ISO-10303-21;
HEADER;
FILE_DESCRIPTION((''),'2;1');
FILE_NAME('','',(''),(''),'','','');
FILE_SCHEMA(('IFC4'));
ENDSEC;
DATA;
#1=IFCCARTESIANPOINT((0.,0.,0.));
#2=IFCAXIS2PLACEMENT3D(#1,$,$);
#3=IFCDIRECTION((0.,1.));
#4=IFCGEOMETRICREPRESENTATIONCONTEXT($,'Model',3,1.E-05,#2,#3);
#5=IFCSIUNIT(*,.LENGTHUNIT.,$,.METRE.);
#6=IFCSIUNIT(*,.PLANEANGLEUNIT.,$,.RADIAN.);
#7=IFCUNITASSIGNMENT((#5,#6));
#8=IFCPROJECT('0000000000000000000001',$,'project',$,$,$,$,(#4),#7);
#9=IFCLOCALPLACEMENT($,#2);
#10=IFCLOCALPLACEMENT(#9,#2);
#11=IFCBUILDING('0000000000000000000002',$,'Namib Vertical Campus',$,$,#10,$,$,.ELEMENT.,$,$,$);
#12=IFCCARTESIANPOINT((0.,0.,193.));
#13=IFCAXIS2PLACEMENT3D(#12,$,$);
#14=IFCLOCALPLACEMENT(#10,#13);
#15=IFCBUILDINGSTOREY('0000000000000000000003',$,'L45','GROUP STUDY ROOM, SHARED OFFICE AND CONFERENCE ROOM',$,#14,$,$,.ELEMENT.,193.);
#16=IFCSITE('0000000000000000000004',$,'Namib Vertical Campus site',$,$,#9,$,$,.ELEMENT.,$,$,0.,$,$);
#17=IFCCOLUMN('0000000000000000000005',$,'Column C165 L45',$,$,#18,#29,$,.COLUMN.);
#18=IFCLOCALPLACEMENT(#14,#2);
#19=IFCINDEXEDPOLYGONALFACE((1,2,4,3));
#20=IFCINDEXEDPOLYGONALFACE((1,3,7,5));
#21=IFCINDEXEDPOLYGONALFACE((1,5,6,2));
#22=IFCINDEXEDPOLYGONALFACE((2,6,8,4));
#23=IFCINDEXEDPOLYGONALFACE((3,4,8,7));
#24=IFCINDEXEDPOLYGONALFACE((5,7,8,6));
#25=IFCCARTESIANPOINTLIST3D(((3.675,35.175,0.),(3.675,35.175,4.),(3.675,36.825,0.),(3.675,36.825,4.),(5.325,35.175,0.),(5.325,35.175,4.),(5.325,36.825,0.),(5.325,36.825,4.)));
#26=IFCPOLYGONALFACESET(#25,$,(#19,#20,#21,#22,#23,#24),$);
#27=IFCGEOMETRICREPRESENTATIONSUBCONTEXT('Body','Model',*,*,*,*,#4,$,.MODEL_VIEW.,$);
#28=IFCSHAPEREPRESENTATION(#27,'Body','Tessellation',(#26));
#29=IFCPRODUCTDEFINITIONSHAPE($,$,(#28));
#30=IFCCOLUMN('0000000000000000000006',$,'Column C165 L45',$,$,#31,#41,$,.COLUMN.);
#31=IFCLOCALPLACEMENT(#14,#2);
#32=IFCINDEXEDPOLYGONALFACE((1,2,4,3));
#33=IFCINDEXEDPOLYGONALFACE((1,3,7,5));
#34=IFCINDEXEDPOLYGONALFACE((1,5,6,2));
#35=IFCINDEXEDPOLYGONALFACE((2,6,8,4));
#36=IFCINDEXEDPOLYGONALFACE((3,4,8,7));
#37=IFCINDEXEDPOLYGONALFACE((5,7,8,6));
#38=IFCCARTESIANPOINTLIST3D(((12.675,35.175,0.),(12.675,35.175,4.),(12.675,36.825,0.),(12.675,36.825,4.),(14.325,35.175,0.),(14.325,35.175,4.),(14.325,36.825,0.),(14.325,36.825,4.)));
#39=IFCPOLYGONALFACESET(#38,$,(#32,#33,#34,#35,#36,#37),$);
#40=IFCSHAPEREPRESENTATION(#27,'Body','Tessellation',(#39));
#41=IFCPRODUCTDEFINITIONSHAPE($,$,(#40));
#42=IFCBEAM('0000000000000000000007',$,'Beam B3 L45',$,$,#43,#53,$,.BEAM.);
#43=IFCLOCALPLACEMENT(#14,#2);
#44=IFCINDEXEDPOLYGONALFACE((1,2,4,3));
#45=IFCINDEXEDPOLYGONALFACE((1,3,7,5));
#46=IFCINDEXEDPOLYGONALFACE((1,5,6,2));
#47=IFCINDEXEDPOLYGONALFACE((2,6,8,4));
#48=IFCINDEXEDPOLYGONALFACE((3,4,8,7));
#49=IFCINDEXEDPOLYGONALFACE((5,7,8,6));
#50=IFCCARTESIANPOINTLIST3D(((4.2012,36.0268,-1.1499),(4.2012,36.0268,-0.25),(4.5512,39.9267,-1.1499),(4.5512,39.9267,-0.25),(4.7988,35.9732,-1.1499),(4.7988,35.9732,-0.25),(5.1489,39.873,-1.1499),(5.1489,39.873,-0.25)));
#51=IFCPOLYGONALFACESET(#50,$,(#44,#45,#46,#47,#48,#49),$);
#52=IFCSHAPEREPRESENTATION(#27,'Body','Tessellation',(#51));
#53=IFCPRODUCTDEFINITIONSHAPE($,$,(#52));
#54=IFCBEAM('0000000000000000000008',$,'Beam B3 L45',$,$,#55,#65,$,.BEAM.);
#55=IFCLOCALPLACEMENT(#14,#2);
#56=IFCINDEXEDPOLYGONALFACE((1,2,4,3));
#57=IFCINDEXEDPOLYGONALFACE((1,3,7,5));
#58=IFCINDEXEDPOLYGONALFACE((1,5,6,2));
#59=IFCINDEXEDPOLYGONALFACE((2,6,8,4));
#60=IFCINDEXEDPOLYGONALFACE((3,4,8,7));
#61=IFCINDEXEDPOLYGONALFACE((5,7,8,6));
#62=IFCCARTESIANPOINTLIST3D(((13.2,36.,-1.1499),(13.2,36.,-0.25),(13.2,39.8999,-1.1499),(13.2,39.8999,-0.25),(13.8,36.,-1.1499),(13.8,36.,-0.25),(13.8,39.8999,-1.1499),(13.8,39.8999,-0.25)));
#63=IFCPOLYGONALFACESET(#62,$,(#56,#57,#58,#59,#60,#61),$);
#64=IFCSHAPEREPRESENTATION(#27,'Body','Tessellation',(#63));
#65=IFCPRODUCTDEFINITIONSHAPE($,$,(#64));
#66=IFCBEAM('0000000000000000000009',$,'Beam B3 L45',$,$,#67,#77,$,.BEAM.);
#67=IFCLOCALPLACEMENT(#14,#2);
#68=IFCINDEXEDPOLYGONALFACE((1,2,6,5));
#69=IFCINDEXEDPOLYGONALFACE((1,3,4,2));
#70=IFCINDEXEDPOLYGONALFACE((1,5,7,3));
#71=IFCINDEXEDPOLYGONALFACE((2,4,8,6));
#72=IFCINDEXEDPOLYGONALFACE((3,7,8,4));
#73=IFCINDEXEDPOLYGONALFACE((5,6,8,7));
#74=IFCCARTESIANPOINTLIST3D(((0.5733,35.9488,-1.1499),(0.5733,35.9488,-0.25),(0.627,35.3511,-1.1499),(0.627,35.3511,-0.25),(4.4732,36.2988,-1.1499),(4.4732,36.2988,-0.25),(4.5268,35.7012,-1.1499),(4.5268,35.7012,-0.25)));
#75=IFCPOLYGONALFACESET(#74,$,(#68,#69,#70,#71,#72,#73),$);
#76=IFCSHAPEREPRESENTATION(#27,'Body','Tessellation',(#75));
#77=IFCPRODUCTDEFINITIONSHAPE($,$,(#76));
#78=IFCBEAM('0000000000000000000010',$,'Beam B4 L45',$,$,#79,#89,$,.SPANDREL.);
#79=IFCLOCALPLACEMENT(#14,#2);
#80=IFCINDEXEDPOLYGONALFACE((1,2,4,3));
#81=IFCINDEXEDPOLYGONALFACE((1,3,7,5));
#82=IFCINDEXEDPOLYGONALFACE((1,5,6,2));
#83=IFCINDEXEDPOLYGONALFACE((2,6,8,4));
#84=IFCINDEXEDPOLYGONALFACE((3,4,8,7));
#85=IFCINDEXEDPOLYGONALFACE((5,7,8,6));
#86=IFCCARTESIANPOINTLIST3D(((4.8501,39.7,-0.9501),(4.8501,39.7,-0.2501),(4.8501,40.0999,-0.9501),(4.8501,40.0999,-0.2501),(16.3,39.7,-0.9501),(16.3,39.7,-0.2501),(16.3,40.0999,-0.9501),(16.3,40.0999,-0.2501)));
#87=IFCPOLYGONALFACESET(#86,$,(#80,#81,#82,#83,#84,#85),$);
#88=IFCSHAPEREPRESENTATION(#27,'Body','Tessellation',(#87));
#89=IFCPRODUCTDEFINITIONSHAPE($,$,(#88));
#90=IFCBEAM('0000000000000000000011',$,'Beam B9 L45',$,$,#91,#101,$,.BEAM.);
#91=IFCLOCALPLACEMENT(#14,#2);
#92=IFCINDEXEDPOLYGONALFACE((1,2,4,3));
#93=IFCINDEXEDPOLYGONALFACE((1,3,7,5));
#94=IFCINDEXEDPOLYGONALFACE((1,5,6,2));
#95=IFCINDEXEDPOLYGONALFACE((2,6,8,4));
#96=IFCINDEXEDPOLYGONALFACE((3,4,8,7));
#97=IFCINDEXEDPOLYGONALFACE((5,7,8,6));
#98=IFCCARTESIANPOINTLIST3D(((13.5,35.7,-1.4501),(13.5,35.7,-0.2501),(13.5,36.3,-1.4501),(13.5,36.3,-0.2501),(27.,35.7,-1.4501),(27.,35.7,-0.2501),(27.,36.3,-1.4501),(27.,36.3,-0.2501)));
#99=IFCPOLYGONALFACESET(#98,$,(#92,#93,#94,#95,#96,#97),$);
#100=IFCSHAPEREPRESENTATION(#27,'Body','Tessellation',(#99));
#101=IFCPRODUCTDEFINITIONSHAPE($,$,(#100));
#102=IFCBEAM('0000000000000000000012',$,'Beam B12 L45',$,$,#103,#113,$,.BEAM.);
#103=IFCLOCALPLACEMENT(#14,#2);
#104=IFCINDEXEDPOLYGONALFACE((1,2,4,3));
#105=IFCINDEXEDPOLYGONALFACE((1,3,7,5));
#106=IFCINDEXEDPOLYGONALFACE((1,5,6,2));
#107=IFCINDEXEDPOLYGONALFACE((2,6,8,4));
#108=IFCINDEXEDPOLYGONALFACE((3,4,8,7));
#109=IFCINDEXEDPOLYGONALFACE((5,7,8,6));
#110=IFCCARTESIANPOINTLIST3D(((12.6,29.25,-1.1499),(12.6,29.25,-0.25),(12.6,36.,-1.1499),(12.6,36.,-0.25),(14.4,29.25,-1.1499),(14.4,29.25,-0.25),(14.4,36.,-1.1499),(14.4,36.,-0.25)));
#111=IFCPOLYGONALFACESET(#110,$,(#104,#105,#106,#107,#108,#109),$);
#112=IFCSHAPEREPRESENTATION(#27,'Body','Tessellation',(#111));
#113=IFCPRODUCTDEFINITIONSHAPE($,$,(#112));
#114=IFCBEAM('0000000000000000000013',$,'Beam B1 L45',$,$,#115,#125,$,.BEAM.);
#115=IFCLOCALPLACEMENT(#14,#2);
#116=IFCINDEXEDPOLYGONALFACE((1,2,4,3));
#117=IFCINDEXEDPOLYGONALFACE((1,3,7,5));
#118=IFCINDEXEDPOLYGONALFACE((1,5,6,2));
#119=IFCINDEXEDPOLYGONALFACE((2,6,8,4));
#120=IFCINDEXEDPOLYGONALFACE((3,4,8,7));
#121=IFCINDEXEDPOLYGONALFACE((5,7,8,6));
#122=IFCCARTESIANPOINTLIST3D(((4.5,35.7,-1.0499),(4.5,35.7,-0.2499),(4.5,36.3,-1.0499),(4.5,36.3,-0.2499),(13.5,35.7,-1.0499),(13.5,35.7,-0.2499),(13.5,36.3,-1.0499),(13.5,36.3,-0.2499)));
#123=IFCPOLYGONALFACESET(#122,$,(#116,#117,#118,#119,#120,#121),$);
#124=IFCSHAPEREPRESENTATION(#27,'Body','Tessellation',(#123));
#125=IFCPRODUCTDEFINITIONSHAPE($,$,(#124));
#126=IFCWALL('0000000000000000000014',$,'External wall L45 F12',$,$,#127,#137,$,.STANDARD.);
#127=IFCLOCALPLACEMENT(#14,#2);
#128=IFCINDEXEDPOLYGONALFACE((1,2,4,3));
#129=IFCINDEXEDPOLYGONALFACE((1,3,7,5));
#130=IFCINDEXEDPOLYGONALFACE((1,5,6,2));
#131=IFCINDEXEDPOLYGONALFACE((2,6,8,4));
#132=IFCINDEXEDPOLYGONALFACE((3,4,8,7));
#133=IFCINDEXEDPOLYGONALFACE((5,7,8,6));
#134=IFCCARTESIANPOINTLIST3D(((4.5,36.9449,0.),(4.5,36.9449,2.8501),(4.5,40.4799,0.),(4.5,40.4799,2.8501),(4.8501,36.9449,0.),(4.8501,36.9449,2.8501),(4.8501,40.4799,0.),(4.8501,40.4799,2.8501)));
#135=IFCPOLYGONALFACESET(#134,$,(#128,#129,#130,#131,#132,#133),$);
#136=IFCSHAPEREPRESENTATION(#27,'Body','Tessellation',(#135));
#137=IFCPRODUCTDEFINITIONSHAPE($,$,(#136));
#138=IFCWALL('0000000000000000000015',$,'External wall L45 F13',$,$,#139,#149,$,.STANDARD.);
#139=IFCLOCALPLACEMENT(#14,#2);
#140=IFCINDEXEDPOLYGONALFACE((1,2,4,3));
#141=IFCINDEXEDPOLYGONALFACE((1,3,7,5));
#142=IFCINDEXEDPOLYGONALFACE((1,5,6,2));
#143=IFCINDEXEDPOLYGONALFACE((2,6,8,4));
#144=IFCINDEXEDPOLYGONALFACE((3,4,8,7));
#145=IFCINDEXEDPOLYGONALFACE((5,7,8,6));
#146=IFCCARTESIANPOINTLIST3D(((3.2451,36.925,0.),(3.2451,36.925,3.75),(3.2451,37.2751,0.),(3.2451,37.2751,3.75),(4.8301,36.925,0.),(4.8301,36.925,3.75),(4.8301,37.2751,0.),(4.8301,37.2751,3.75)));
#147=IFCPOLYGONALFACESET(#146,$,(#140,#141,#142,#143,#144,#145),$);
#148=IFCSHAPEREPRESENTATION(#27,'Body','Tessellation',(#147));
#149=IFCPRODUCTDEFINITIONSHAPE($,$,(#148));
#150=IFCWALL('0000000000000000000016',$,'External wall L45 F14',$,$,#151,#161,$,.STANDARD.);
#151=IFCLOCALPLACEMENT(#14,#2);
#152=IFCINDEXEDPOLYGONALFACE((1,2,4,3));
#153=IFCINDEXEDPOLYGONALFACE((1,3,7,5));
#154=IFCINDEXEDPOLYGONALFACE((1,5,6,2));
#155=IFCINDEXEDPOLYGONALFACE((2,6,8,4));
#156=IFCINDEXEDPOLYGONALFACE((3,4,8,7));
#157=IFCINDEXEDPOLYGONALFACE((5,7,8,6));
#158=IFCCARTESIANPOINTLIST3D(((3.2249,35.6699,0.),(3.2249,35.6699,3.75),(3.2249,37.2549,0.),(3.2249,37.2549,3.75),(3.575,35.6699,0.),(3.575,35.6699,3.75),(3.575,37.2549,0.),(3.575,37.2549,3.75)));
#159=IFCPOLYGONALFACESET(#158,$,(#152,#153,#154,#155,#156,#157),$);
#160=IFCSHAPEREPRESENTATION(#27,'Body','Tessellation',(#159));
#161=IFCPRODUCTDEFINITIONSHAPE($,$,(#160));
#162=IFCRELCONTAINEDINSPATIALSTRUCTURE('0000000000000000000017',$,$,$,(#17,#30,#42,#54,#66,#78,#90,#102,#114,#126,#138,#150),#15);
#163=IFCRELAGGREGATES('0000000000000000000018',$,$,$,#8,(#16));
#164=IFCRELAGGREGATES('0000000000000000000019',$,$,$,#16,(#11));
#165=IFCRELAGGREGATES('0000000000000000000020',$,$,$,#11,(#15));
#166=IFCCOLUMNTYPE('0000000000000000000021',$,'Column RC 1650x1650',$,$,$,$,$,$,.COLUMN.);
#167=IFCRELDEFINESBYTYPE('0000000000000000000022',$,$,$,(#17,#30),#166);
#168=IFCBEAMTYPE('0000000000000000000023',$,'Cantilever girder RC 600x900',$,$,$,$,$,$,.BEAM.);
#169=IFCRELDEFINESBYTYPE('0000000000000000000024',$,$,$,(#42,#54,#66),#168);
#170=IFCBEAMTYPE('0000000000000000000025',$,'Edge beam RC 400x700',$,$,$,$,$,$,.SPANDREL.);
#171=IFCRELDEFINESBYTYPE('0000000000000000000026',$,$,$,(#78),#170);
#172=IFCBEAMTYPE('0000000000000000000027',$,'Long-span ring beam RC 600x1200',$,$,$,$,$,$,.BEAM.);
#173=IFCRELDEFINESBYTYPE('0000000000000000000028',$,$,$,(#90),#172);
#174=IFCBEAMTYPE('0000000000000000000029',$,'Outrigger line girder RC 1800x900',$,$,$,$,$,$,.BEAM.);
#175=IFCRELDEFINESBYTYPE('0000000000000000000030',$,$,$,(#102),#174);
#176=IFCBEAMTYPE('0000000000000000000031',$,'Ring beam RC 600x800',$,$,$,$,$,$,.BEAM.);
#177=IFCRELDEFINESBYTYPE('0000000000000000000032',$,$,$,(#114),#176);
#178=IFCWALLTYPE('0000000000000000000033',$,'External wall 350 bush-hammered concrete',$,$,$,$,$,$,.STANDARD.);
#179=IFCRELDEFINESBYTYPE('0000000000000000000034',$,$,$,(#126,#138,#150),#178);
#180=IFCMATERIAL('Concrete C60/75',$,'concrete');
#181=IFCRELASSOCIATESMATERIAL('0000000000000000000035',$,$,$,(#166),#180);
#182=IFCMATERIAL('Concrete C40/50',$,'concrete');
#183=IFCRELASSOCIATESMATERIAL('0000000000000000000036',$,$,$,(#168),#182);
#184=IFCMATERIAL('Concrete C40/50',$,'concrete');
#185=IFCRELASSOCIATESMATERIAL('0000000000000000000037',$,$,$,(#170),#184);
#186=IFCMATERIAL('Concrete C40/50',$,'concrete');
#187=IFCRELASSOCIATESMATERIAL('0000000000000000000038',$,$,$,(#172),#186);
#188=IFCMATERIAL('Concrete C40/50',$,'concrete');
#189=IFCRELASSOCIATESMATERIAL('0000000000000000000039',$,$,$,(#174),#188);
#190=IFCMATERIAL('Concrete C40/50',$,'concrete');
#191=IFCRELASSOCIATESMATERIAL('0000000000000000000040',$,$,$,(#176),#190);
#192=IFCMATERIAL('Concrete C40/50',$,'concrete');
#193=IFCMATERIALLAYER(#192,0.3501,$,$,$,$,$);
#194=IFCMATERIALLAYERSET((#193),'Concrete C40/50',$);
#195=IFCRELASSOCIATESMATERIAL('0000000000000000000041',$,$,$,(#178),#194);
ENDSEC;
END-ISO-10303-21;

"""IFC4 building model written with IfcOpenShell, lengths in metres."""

from ifc_helpers import new_model, si_unit, direction, frame, frame_2d, origin, origin_2d, place, context, subcontext, project, spatial, rectangle, extrude, material, layer, layer_set, material_profile, profile_set, type_object, element, save


model = new_model("IFC4")

# Units and contexts
model_context = context("Model", 3, precision=1e-05, world=origin(), true_north=direction((0.0, 1.0)))
body_context = subcontext(model_context, "Body", "Model", "MODEL_VIEW")
ifc_project = project(units=[si_unit("LENGTHUNIT", "METRE"), si_unit("PLANEANGLEUNIT", "RADIAN")], contexts=[model_context])

# Site, building, storey
site_placement = place(None, origin())
site = spatial("IfcSite", under=ifc_project, at=site_placement, Name="Namib Vertical Campus site", CompositionType="ELEMENT", RefElevation=0.0)
building_placement = place(site_placement, origin())
building = spatial("IfcBuilding", under=site, at=building_placement, Name="Namib Vertical Campus", CompositionType="ELEMENT")
storey_placement = place(building_placement, frame((0.0, 0.0, 193.0)))
storey = spatial("IfcBuildingStorey", under=building, at=storey_placement, Name="L45", Description="GROUP STUDY ROOM, SHARED OFFICE AND CONFERENCE ROOM", CompositionType="ELEMENT", Elevation=193.0)

# Columns
ifc_material_1 = material(Name="Concrete C60/75", Category="concrete")
ifc_material_profile_1 = material_profile(ifc_material_1, rectangle(XDim=1.6499, YDim=1.6499, at=origin_2d()))
ifc_profile_set_1 = profile_set([ifc_material_profile_1], Name="Concrete C60/75")
column_type = type_object("IfcColumnType", Name="Column RC 1650x1650", PredefinedType="COLUMN", material=ifc_profile_set_1)
for number, where, z_axis, x_axis, name in (
    (1, (4.5, 36.0, 0.0), (0.0, 0.0, 1.0), (1.0, 0.0, 0.0), "Column C165 L45"),
    (2, (13.5, 36.0, 0.0), (0.0, 0.0, 1.0), (1.0, 0.0, 0.0), "Column C165 L45"),
):
    element("IfcColumn", number, at=place(storey_placement, frame(where, z_axis=z_axis, x_axis=x_axis)), inside=storey, type_object=column_type, Name=name, PredefinedType="COLUMN", context=body_context, shape_type="SweptSolid", body=[
        extrude(rectangle(XDim=1.6499, YDim=1.6499, at=origin_2d()), origin(), (0.0, 0.0, 1.0), 4.0),
    ])

# Beams
ifc_material_2 = material(Name="Concrete C40/50", Category="concrete")
ifc_material_profile_2 = material_profile(ifc_material_2, rectangle(XDim=0.6001, YDim=0.8999, at=origin_2d()))
ifc_profile_set_2 = profile_set([ifc_material_profile_2], Name="Concrete C40/50")
beam_type_1 = type_object("IfcBeamType", Name="Cantilever girder RC 600x900", PredefinedType="BEAM", material=ifc_profile_set_2)
beam_1_placement = place(storey_placement, frame((4.5, 36.0, -0.7), z_axis=(0.089411, 0.995995, 0.0), x_axis=(-0.995995, 0.089411, 0.0)))
element("IfcBeam", 3, at=beam_1_placement, inside=storey, type_object=beam_type_1, Name="Beam B3 L45", PredefinedType="BEAM", context=body_context, shape_type="SweptSolid", body=[
    extrude(rectangle(XDim=0.6001, YDim=0.8999, at=origin_2d()), origin(), (0.0, 0.0, 1.0), 3.9155),
])
beam_2_placement = place(storey_placement, frame((13.5, 36.0, -0.7), z_axis=(0.0, 1.0, 0.0), x_axis=(-1.0, 0.0, 0.0)))
element("IfcBeam", 4, at=beam_2_placement, inside=storey, type_object=beam_type_1, Name="Beam B3 L45", PredefinedType="BEAM", context=body_context, shape_type="SweptSolid", body=[
    extrude(rectangle(XDim=0.6001, YDim=0.8999, at=origin_2d()), origin(), (0.0, 0.0, 1.0), 3.8999),
])
beam_3_placement = place(storey_placement, frame((4.5, 36.0, -0.7), z_axis=(-0.995995, -0.089411, 0.0), x_axis=(0.089411, -0.995995, 0.0)))
element("IfcBeam", 5, at=beam_3_placement, inside=storey, type_object=beam_type_1, Name="Beam B3 L45", PredefinedType="BEAM", context=body_context, shape_type="SweptSolid", body=[
    extrude(rectangle(XDim=0.6001, YDim=0.8999, at=origin_2d()), origin(), (0.0, 0.0, 1.0), 3.9155),
])
ifc_material_3 = material(Name="Concrete C40/50", Category="concrete")
ifc_material_profile_3 = material_profile(ifc_material_3, rectangle(XDim=0.3999, YDim=0.7, at=origin_2d()))
ifc_profile_set_3 = profile_set([ifc_material_profile_3], Name="Concrete C40/50")
beam_type_2 = type_object("IfcBeamType", Name="Edge beam RC 400x700", PredefinedType="SPANDREL", material=ifc_profile_set_3)
beam_4_placement = place(storey_placement, frame((4.8501, 39.8999, -0.6001), z_axis=(1.0, 0.0, 0.0), x_axis=(0.0, 1.0, 0.0)))
element("IfcBeam", 6, at=beam_4_placement, inside=storey, type_object=beam_type_2, Name="Beam B4 L45", PredefinedType="SPANDREL", context=body_context, shape_type="SweptSolid", body=[
    extrude(rectangle(XDim=0.3999, YDim=0.7, at=origin_2d()), origin(), (0.0, 0.0, 1.0), 11.45),
])
ifc_material_4 = material(Name="Concrete C40/50", Category="concrete")
ifc_material_profile_4 = material_profile(ifc_material_4, rectangle(XDim=0.6001, YDim=1.2, at=origin_2d()))
ifc_profile_set_4 = profile_set([ifc_material_profile_4], Name="Concrete C40/50")
beam_type_3 = type_object("IfcBeamType", Name="Long-span ring beam RC 600x1200", PredefinedType="BEAM", material=ifc_profile_set_4)
beam_5_placement = place(storey_placement, frame((13.5, 36.0, -0.8501), z_axis=(1.0, 0.0, 0.0), x_axis=(0.0, 1.0, 0.0)))
element("IfcBeam", 7, at=beam_5_placement, inside=storey, type_object=beam_type_3, Name="Beam B9 L45", PredefinedType="BEAM", context=body_context, shape_type="SweptSolid", body=[
    extrude(rectangle(XDim=0.6001, YDim=1.2, at=origin_2d()), origin(), (0.0, 0.0, 1.0), 13.5),
])
ifc_material_5 = material(Name="Concrete C40/50", Category="concrete")
ifc_material_profile_5 = material_profile(ifc_material_5, rectangle(XDim=1.8, YDim=0.8999, at=origin_2d()))
ifc_profile_set_5 = profile_set([ifc_material_profile_5], Name="Concrete C40/50")
beam_type_4 = type_object("IfcBeamType", Name="Outrigger line girder RC 1800x900", PredefinedType="BEAM", material=ifc_profile_set_5)
beam_6_placement = place(storey_placement, frame((13.5, 36.0, -0.7), z_axis=(0.0, -1.0, 0.0), x_axis=(1.0, 0.0, 0.0)))
element("IfcBeam", 8, at=beam_6_placement, inside=storey, type_object=beam_type_4, Name="Beam B12 L45", PredefinedType="BEAM", context=body_context, shape_type="SweptSolid", body=[
    extrude(rectangle(XDim=1.8, YDim=0.8999, at=origin_2d()), origin(), (0.0, 0.0, 1.0), 6.75),
])
ifc_material_6 = material(Name="Concrete C40/50", Category="concrete")
ifc_material_profile_6 = material_profile(ifc_material_6, rectangle(XDim=0.6001, YDim=0.8, at=origin_2d()))
ifc_profile_set_6 = profile_set([ifc_material_profile_6], Name="Concrete C40/50")
beam_type_5 = type_object("IfcBeamType", Name="Ring beam RC 600x800", PredefinedType="BEAM", material=ifc_profile_set_6)
beam_7_placement = place(storey_placement, frame((4.5, 36.0, -0.6499), z_axis=(1.0, 0.0, 0.0), x_axis=(0.0, 1.0, 0.0)))
element("IfcBeam", 9, at=beam_7_placement, inside=storey, type_object=beam_type_5, Name="Beam B1 L45", PredefinedType="BEAM", context=body_context, shape_type="SweptSolid", body=[
    extrude(rectangle(XDim=0.6001, YDim=0.8, at=origin_2d()), origin(), (0.0, 0.0, 1.0), 9.0),
])

# Walls
ifc_material_7 = material(Name="Concrete C40/50", Category="concrete")
ifc_layer_1 = layer(ifc_material_7, 0.3501)
ifc_layer_set_1 = layer_set([ifc_layer_1], Name="Concrete C40/50")
wall_type_1 = type_object("IfcWallType", Name="External wall 350 bush-hammered concrete", PredefinedType="STANDARD", material=ifc_layer_set_1)
wall_1_placement = place(storey_placement, frame((4.675, 40.48, 0.0), z_axis=(0.0, 0.0, 1.0), x_axis=(0.0, -1.0, 0.0)))
element("IfcWall", 10, at=wall_1_placement, inside=storey, type_object=wall_type_1, Name="External wall L45 F12", PredefinedType="STANDARD", context=body_context, shape_type="SweptSolid", body=[
    extrude(rectangle(XDim=3.5349, YDim=0.3501, at=frame_2d((1.7676, 0.0))), origin(), (0.0, 0.0, 1.0), 2.8501),
])
for number, where, z_axis, x_axis, name in (
    (11, (4.8301, 37.1001, 0.0), (0.0, 0.0, 1.0), (-1.0, 0.0, 0.0), "External wall L45 F13"),
    (12, (3.3999, 37.2549, 0.0), (0.0, 0.0, 1.0), (0.0, -1.0, 0.0), "External wall L45 F14"),
):
    element("IfcWall", number, at=place(storey_placement, frame(where, z_axis=z_axis, x_axis=x_axis)), inside=storey, type_object=wall_type_1, Name=name, PredefinedType="STANDARD", context=body_context, shape_type="SweptSolid", body=[
        extrude(rectangle(XDim=1.585, YDim=0.3501, at=frame_2d((0.7925, 0.0))), origin(), (0.0, 0.0, 1.0), 3.75),
    ])

save(model, "model.ifc")
